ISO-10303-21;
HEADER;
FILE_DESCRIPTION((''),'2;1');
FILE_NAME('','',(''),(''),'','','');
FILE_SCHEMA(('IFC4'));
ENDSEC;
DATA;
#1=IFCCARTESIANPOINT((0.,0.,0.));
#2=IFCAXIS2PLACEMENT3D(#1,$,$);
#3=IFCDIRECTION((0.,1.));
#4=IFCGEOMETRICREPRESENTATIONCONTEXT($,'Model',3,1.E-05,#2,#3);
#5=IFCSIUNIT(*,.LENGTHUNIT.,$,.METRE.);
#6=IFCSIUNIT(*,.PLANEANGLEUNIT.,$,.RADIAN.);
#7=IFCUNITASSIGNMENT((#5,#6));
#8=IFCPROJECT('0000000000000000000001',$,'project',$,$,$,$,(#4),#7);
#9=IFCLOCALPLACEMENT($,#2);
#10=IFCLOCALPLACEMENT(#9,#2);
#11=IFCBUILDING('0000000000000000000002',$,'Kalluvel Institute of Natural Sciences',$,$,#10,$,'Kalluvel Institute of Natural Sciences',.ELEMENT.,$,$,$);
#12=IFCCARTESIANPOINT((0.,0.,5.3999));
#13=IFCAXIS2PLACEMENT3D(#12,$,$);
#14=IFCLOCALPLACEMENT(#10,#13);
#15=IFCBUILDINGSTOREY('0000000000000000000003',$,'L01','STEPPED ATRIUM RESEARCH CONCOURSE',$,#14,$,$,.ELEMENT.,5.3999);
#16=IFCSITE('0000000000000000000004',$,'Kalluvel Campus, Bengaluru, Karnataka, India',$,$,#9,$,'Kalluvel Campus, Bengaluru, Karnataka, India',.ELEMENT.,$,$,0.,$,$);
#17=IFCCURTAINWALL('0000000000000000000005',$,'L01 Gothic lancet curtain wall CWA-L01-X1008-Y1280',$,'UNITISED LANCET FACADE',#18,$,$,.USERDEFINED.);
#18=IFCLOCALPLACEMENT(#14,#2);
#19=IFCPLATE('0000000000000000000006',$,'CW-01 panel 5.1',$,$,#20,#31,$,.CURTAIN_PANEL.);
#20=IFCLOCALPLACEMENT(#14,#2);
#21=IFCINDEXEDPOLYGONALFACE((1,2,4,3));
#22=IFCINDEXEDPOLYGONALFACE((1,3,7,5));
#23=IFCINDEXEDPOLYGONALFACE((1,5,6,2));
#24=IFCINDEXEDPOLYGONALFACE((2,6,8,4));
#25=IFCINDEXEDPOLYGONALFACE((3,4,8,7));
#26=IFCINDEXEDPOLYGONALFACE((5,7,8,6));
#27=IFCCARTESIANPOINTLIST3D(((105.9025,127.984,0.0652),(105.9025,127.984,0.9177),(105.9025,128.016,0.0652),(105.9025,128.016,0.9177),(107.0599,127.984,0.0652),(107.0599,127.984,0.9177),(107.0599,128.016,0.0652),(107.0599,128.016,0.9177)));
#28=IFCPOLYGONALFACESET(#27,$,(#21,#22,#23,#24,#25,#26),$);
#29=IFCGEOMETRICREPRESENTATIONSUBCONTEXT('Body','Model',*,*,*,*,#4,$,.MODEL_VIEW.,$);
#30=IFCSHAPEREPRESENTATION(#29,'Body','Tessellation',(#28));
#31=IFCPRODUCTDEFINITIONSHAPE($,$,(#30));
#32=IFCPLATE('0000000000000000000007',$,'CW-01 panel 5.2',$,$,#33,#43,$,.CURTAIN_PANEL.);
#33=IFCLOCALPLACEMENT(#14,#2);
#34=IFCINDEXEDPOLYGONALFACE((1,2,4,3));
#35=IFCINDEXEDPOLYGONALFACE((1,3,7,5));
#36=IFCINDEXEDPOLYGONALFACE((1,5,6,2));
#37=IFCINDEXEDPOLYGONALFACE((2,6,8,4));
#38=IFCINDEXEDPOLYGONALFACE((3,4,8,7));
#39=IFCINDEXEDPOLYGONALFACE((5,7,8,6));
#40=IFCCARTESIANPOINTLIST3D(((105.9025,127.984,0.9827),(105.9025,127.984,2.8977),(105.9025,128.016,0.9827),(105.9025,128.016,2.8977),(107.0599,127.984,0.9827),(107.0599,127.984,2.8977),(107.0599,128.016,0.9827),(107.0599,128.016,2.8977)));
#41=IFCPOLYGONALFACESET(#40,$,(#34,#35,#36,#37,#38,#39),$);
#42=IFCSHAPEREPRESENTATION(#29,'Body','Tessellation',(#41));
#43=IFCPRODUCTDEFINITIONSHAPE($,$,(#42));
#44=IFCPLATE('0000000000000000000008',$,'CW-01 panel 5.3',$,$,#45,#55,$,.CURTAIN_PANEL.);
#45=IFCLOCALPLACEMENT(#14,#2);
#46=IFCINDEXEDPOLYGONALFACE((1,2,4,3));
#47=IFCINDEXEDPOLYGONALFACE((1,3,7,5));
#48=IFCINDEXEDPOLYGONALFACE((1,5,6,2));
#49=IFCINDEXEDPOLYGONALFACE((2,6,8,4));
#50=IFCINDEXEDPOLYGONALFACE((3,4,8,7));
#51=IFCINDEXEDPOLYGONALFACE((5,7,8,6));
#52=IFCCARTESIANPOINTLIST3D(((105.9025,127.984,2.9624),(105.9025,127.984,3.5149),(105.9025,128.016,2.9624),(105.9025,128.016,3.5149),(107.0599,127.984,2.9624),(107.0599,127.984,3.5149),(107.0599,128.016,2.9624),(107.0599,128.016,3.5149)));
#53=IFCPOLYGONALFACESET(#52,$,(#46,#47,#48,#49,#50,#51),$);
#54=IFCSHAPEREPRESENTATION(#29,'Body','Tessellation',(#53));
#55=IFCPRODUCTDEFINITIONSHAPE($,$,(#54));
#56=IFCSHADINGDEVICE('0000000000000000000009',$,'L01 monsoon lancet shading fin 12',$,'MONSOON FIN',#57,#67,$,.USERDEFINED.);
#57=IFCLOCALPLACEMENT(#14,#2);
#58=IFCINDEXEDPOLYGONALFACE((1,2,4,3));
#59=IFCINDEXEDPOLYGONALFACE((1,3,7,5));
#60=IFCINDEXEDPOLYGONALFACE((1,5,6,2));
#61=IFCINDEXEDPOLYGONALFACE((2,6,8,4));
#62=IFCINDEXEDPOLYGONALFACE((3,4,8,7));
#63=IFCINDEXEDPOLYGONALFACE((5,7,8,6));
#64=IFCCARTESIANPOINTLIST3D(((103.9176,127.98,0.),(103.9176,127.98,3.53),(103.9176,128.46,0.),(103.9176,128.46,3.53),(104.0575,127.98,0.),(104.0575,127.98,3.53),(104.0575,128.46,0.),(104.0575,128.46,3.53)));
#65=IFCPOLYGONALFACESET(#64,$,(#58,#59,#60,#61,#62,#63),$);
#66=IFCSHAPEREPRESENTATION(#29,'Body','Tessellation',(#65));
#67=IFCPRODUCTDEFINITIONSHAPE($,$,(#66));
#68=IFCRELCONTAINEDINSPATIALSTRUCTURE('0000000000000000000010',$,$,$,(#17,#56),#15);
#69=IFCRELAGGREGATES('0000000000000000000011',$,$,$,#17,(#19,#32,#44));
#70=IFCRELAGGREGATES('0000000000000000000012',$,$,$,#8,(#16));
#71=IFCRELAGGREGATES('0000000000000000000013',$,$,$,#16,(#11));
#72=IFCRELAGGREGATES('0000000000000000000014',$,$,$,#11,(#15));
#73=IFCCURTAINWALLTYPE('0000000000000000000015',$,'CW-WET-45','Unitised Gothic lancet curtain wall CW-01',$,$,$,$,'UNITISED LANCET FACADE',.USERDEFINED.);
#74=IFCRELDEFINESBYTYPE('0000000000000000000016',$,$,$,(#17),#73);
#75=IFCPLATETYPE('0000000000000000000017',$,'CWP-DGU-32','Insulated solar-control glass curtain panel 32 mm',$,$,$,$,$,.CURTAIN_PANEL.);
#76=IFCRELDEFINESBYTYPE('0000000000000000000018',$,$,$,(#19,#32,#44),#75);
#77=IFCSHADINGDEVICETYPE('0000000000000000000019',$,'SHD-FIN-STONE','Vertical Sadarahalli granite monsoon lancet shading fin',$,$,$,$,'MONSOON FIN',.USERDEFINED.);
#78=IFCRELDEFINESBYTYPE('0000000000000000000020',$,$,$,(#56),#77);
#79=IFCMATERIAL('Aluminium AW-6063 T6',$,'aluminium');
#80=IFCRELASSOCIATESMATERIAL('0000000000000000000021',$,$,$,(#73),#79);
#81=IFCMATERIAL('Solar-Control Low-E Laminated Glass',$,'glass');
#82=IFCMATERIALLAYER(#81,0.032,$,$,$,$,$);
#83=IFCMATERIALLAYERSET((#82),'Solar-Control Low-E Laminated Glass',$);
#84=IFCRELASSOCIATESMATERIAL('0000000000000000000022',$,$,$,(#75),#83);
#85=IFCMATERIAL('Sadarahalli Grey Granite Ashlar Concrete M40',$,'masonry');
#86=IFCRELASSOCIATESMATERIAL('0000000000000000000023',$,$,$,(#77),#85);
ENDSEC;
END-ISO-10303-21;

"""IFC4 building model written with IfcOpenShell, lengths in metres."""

from ifc_helpers import new_model, si_unit, direction, frame, origin, origin_2d, place, context, subcontext, project, spatial, rectangle, extrude, material, layer, layer_set, type_object, element, aggregate, save


model = new_model("IFC4")

# Units and contexts
model_context = context("Model", 3, precision=1e-05, world=origin(), true_north=direction((0.0, 1.0)))
body_context = subcontext(model_context, "Body", "Model", "MODEL_VIEW")
ifc_project = project(units=[si_unit("LENGTHUNIT", "METRE"), si_unit("PLANEANGLEUNIT", "RADIAN")], contexts=[model_context])

# Site, building, storey
site_placement = place(None, origin())
site = spatial("IfcSite", under=ifc_project, at=site_placement, Name="Kalluvel Campus, Bengaluru, Karnataka, India", LongName="Kalluvel Campus, Bengaluru, Karnataka, India", CompositionType="ELEMENT", RefElevation=0.0)
building_placement = place(site_placement, origin())
building = spatial("IfcBuilding", under=site, at=building_placement, Name="Kalluvel Institute of Natural Sciences", LongName="Kalluvel Institute of Natural Sciences", CompositionType="ELEMENT")
storey_placement = place(building_placement, frame((0.0, 0.0, 5.3999)))
storey = spatial("IfcBuildingStorey", under=building, at=storey_placement, Name="L01", Description="STEPPED ATRIUM RESEARCH CONCOURSE", CompositionType="ELEMENT", Elevation=5.3999)

# Curtain wall
ifc_material_1 = material(Name="Aluminium AW-6063 T6", Category="aluminium")
curtain_wall_type = type_object("IfcCurtainWallType", Name="CW-WET-45", Description="Unitised Gothic lancet curtain wall CW-01", ElementType="UNITISED LANCET FACADE", PredefinedType="USERDEFINED", material=ifc_material_1)
curtain_wall_1_placement = place(storey_placement, origin())
curtain_wall_1 = element("IfcCurtainWall", 1, at=curtain_wall_1_placement, inside=storey, type_object=curtain_wall_type, Name="L01 Gothic lancet curtain wall CWA-L01-X1008-Y1280", ObjectType="UNITISED LANCET FACADE", PredefinedType="USERDEFINED")

# Plates
ifc_material_2 = material(Name="Solar-Control Low-E Laminated Glass", Category="glass")
ifc_layer = layer(ifc_material_2, 0.032)
ifc_layer_set = layer_set([ifc_layer], Name="Solar-Control Low-E Laminated Glass")
plate_type = type_object("IfcPlateType", Name="CWP-DGU-32", Description="Insulated solar-control glass curtain panel 32 mm", PredefinedType="CURTAIN_PANEL", material=ifc_layer_set)
plate_1_placement = place(storey_placement, frame((106.4812, 128.0, 0.0652), z_axis=(0.0, 0.0, 1.0), x_axis=(1.0, 0.0, 0.0)))
plate_1 = element("IfcPlate", 2, at=plate_1_placement, type_object=plate_type, Name="CW-01 panel 5.1", PredefinedType="CURTAIN_PANEL", context=body_context, shape_type="SweptSolid", body=[
    extrude(rectangle(XDim=1.1575, YDim=0.032, at=origin_2d()), origin(), (0.0, 0.0, 1.0), 0.8525),
])
plate_2_placement = place(storey_placement, frame((106.4812, 128.0, 0.9827), z_axis=(0.0, 0.0, 1.0), x_axis=(1.0, 0.0, 0.0)))
plate_2 = element("IfcPlate", 3, at=plate_2_placement, type_object=plate_type, Name="CW-01 panel 5.2", PredefinedType="CURTAIN_PANEL", context=body_context, shape_type="SweptSolid", body=[
    extrude(rectangle(XDim=1.1575, YDim=0.032, at=origin_2d()), origin(), (0.0, 0.0, 1.0), 1.915),
])
plate_3_placement = place(storey_placement, frame((106.4812, 128.0, 2.9624), z_axis=(0.0, 0.0, 1.0), x_axis=(1.0, 0.0, 0.0)))
plate_3 = element("IfcPlate", 4, at=plate_3_placement, type_object=plate_type, Name="CW-01 panel 5.3", PredefinedType="CURTAIN_PANEL", context=body_context, shape_type="SweptSolid", body=[
    extrude(rectangle(XDim=1.1575, YDim=0.032, at=origin_2d()), origin(), (0.0, 0.0, 1.0), 0.5525),
])
aggregate(curtain_wall_1, [plate_1, plate_2, plate_3])

# Shading device
ifc_material_3 = material(Name="Sadarahalli Grey Granite Ashlar Concrete M40", Category="masonry")
shading_device_type = type_object("IfcShadingDeviceType", Name="SHD-FIN-STONE", Description="Vertical Sadarahalli granite monsoon lancet shading fin", ElementType="MONSOON FIN", PredefinedType="USERDEFINED", material=ifc_material_3)
shading_device_placement = place(storey_placement, frame((103.9875, 128.22, 0.0), z_axis=(0.0, 0.0, 1.0), x_axis=(1.0, 0.0, 0.0)))
element("IfcShadingDevice", 5, at=shading_device_placement, inside=storey, type_object=shading_device_type, Name="L01 monsoon lancet shading fin 12", ObjectType="MONSOON FIN", PredefinedType="USERDEFINED", context=body_context, shape_type="SweptSolid", body=[
    extrude(rectangle(XDim=0.1399, YDim=0.48, at=origin_2d()), origin(), (0.0, 0.0, 1.0), 3.53),
])

save(model, "model.ifc")
